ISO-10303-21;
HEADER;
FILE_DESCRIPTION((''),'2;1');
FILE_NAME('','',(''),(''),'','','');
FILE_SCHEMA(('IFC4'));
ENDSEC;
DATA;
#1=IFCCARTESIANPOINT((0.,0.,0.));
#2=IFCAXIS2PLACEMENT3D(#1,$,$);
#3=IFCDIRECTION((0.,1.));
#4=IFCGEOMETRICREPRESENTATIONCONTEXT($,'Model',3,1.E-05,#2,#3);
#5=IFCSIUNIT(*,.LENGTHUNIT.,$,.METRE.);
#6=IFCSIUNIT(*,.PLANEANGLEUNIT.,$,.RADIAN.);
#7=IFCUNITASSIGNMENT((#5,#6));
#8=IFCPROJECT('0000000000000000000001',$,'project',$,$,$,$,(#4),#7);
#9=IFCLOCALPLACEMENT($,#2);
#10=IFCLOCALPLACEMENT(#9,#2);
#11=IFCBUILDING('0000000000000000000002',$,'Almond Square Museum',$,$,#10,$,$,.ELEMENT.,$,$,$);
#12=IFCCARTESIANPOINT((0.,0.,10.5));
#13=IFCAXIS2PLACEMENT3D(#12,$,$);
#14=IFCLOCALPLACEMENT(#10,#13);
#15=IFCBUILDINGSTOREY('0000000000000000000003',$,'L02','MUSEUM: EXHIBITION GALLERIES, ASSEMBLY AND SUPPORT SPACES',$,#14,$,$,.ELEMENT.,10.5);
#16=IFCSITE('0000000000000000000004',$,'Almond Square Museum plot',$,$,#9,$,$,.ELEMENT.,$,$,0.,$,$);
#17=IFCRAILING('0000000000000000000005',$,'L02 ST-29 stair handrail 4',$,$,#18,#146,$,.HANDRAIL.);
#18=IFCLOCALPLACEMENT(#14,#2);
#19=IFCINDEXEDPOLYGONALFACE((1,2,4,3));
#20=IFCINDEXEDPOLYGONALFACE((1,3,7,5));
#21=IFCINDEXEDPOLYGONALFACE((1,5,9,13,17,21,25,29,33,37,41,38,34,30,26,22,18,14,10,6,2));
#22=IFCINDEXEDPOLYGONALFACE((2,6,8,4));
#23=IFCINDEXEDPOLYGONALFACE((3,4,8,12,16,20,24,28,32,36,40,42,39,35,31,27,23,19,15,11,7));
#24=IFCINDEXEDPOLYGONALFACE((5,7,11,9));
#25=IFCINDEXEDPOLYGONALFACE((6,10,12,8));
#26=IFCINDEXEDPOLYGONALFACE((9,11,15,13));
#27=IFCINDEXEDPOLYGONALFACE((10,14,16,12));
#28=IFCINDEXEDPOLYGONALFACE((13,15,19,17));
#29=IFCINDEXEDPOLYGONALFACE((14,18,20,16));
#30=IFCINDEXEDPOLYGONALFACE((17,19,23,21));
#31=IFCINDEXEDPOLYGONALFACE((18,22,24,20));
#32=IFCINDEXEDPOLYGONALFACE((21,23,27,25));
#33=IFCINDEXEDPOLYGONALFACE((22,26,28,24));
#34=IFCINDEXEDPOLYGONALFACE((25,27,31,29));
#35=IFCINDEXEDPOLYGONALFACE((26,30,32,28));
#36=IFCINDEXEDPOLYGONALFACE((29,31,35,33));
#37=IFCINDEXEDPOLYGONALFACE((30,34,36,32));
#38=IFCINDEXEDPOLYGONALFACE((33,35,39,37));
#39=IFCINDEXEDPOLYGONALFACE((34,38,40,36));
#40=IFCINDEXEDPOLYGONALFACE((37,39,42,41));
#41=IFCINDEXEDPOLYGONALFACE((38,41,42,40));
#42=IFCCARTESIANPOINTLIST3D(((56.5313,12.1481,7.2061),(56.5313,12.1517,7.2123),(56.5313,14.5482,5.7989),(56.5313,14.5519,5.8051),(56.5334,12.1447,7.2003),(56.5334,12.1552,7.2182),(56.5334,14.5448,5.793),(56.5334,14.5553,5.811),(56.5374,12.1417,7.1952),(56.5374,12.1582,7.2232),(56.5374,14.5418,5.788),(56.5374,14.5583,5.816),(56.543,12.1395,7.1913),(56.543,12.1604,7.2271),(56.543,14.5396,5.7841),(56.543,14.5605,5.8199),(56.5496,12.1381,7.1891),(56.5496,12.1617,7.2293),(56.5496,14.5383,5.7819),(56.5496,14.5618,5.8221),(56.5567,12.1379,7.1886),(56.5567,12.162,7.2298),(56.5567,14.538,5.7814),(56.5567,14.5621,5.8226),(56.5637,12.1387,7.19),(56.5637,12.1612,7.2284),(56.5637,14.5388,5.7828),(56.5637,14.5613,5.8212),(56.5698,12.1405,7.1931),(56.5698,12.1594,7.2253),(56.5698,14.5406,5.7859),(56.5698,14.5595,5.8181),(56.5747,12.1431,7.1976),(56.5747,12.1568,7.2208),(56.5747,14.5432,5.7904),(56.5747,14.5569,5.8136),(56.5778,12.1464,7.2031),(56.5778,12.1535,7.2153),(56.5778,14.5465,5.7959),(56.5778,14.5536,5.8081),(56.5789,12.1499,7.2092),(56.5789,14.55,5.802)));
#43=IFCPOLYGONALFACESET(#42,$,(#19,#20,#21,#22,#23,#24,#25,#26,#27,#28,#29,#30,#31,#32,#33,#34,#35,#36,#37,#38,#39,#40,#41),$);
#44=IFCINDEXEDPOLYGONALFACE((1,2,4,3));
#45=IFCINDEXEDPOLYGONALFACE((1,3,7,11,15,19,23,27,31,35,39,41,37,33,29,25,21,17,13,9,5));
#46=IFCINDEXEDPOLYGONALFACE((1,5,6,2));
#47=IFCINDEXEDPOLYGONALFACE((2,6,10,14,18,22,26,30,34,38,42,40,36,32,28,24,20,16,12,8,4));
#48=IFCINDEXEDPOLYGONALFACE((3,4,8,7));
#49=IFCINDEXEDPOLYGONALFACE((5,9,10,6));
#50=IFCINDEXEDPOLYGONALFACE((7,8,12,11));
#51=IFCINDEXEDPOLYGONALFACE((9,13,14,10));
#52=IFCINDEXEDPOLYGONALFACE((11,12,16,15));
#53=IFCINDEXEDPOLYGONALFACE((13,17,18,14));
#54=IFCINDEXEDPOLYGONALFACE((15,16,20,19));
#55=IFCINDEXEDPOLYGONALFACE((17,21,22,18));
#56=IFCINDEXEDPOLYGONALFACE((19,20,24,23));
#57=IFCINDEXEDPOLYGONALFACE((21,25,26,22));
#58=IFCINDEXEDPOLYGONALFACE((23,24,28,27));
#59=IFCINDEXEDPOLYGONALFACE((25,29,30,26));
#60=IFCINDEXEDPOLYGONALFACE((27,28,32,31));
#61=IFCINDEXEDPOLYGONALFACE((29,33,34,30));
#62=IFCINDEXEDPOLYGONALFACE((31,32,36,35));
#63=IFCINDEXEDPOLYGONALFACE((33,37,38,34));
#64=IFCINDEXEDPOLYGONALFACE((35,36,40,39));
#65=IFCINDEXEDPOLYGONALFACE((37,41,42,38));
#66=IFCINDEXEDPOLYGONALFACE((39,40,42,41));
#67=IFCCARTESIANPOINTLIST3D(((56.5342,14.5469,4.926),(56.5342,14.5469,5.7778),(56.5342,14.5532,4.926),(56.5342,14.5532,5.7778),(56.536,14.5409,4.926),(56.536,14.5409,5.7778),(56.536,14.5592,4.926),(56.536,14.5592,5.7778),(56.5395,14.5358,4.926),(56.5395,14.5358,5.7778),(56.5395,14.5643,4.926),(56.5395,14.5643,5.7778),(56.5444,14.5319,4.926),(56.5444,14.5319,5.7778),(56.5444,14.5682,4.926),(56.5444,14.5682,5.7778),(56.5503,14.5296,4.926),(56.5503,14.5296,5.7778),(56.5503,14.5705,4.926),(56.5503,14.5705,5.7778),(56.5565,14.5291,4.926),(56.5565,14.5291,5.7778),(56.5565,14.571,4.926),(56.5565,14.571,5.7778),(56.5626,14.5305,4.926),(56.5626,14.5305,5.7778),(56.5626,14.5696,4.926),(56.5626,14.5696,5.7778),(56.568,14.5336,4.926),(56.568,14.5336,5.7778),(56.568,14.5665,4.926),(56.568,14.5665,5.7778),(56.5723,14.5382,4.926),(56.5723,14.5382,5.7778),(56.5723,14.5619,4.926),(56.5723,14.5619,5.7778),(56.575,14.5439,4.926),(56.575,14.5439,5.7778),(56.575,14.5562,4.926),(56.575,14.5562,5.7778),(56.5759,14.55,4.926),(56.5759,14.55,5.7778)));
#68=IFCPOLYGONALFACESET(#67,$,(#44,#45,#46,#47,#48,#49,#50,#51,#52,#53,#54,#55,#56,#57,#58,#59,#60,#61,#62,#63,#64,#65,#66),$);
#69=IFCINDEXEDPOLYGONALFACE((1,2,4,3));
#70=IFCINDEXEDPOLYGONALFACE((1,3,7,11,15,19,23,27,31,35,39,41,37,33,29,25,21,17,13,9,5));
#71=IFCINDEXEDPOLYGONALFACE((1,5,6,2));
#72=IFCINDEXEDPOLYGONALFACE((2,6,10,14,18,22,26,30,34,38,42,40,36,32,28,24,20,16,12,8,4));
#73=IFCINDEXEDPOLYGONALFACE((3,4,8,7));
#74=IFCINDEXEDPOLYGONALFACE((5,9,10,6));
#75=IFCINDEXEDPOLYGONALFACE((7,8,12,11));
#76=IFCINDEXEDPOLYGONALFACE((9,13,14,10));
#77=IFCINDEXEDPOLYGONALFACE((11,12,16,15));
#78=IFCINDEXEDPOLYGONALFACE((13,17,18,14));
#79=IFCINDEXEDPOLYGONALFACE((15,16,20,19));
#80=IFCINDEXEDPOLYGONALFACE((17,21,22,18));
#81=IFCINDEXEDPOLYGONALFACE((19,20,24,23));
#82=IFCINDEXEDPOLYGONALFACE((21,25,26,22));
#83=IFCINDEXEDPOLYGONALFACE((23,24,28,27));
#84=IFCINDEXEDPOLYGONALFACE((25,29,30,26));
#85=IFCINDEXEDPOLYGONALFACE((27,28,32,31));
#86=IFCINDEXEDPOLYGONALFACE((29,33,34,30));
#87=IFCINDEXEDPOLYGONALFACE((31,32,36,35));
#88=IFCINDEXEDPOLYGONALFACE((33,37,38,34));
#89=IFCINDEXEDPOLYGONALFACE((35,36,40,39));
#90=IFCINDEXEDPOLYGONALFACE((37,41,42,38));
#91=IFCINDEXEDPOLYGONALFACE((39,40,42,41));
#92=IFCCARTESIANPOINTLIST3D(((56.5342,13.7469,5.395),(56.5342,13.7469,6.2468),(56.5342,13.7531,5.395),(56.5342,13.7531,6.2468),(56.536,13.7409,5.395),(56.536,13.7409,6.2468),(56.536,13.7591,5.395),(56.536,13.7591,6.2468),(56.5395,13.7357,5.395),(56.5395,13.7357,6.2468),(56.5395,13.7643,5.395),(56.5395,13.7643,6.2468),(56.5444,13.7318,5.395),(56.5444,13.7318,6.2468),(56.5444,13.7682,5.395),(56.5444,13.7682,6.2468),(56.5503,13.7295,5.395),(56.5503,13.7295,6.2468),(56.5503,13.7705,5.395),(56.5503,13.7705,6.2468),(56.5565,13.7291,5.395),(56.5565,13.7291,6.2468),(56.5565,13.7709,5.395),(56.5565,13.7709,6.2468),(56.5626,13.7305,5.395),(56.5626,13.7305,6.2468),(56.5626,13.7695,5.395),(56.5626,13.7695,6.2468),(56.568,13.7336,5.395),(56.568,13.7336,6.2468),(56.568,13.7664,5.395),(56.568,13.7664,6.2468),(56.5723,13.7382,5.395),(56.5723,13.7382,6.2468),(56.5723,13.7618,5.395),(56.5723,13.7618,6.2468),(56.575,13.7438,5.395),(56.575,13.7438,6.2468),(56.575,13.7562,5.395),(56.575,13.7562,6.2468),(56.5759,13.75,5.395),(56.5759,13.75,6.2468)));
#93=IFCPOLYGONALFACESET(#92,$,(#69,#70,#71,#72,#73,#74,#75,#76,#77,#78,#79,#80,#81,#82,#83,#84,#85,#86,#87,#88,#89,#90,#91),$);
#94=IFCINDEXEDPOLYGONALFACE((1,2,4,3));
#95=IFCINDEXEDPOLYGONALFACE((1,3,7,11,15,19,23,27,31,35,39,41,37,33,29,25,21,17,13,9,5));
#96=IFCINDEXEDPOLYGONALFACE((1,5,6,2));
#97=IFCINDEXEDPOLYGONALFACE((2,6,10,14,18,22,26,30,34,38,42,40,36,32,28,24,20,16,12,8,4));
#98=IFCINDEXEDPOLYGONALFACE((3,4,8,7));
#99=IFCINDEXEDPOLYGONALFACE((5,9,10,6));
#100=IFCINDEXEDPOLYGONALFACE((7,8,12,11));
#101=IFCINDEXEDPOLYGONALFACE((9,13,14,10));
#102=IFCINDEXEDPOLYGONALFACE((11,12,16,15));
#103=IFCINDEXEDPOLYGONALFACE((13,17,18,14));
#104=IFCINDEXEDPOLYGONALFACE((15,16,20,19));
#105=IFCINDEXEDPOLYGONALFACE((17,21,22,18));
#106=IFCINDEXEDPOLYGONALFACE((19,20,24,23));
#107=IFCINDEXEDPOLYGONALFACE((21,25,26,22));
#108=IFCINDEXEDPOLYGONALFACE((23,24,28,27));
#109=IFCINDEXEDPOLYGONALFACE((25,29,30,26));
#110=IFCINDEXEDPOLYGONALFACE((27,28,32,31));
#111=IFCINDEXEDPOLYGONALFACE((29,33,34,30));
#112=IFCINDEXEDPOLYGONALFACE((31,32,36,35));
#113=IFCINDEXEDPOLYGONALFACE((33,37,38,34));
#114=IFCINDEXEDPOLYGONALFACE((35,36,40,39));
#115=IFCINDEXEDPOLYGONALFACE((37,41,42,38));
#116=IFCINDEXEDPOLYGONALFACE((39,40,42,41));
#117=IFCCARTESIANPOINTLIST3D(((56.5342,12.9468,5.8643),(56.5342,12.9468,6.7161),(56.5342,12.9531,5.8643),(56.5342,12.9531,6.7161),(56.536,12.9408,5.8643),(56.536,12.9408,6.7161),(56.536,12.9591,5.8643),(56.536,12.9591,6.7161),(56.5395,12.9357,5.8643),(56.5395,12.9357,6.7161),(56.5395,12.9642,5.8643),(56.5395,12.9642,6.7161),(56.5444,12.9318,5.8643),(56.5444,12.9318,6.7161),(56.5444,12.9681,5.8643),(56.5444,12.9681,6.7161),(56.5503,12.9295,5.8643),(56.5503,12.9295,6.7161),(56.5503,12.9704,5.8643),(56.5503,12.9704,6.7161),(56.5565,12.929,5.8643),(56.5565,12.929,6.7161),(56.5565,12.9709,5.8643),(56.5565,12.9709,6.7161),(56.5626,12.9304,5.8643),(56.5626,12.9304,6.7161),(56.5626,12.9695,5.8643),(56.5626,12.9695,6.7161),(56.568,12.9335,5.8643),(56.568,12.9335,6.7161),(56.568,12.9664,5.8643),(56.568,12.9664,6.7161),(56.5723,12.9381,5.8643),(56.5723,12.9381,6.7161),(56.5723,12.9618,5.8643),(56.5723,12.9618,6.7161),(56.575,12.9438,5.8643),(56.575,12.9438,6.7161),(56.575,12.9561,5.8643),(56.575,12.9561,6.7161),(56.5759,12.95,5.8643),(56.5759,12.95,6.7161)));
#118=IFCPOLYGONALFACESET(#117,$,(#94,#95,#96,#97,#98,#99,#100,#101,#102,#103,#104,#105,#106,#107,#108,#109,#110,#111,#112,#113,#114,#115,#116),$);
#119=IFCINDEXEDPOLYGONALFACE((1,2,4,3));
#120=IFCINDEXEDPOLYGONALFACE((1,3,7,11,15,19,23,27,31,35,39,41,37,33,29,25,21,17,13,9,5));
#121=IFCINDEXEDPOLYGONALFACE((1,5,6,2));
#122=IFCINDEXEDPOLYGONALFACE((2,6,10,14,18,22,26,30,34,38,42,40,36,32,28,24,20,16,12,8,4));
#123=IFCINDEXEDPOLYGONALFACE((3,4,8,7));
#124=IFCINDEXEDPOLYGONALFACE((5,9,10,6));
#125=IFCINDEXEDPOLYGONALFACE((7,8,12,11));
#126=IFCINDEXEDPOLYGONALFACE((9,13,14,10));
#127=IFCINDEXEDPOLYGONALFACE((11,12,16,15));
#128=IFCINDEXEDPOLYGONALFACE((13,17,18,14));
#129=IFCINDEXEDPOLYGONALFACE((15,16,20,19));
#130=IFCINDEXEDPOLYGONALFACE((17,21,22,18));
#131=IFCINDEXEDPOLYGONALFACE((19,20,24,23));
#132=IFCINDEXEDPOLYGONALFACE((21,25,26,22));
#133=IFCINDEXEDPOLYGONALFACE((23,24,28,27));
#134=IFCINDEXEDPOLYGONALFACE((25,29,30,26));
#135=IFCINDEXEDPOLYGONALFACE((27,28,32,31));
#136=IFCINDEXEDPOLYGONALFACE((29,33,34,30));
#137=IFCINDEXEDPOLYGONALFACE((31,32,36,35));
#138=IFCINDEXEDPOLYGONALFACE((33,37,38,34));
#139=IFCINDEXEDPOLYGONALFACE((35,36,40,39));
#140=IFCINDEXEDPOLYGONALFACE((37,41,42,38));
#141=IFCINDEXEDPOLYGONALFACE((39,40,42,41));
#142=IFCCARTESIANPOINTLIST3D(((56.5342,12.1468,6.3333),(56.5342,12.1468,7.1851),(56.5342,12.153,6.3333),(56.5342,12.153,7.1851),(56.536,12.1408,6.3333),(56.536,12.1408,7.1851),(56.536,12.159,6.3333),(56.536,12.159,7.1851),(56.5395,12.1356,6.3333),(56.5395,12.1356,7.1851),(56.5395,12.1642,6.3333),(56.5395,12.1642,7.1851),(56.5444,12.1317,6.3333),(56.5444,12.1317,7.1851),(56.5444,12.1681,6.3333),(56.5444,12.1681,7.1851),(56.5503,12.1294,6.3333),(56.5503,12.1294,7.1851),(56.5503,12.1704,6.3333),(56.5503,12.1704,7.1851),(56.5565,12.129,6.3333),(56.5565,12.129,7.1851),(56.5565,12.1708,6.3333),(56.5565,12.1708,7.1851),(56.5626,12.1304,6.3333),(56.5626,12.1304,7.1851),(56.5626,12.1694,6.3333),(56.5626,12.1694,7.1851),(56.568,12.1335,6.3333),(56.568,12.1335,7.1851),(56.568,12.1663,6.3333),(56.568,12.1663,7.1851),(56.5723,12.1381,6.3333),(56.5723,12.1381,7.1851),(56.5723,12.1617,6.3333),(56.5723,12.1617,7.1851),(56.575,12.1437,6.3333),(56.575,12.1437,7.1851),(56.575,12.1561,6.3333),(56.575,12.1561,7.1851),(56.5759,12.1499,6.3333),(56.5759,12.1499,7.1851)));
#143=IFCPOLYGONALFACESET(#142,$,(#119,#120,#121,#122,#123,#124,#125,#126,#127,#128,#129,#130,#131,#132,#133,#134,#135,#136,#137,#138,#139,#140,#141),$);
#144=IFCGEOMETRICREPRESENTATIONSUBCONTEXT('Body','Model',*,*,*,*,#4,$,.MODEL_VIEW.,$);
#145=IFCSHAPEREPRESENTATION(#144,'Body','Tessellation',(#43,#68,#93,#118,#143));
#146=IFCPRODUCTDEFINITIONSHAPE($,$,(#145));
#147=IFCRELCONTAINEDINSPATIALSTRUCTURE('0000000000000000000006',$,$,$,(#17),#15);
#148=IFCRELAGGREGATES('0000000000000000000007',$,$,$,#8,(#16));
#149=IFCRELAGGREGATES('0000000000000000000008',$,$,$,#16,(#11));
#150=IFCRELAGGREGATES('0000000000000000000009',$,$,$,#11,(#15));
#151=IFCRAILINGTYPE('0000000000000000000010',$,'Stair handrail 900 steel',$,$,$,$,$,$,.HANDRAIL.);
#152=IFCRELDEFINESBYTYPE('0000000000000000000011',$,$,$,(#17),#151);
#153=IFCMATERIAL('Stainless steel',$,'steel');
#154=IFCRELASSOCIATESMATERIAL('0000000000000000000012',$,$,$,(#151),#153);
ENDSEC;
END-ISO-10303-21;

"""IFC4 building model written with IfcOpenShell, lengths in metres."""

from ifc_helpers import new_model, si_unit, direction, frame, origin, origin_2d, place, context, subcontext, project, spatial, circle, extrude, material, type_object, element, save


model = new_model("IFC4")

# Units and contexts
model_context = context("Model", 3, precision=1e-05, world=origin(), true_north=direction((0.0, 1.0)))
body_context = subcontext(model_context, "Body", "Model", "MODEL_VIEW")
ifc_project = project(units=[si_unit("LENGTHUNIT", "METRE"), si_unit("PLANEANGLEUNIT", "RADIAN")], contexts=[model_context])

# Site, building, storey
site_placement = place(None, origin())
site = spatial("IfcSite", under=ifc_project, at=site_placement, Name="Almond Square Museum plot", CompositionType="ELEMENT", RefElevation=0.0)
building_placement = place(site_placement, origin())
building = spatial("IfcBuilding", under=site, at=building_placement, Name="Almond Square Museum", CompositionType="ELEMENT")
storey_placement = place(building_placement, frame((0.0, 0.0, 10.5)))
storey = spatial("IfcBuildingStorey", under=building, at=storey_placement, Name="L02", Description="MUSEUM: EXHIBITION GALLERIES, ASSEMBLY AND SUPPORT SPACES", CompositionType="ELEMENT", Elevation=10.5)

# Railing
ifc_material_1 = material(Name="Stainless steel", Category="steel")
railing_type = type_object("IfcRailingType", Name="Stair handrail 900 steel", PredefinedType="HANDRAIL", material=ifc_material_1)
railing_1_placement = place(storey_placement, frame((56.5549, 14.55, 4.926)))
element("IfcRailing", 1, at=railing_1_placement, inside=storey, type_object=railing_type, Name="L02 ST-29 stair handrail 4", PredefinedType="HANDRAIL", context=body_context, shape_type="SweptSolid", body=[
    extrude(circle(Radius=0.0239, at=origin_2d()), frame((0.0, 0.0, 0.876), z_axis=(0.0, -0.86266, 0.505785), x_axis=(1.0, 0.0, 0.0)), (0.0, 0.0, 1.0), 2.7822),
    extrude(circle(Radius=0.021, at=origin_2d()), origin(), (0.0, 0.0, 1.0), 0.8518),
    extrude(circle(Radius=0.021, at=origin_2d()), frame((0.0, -0.8, 0.469)), (0.0, 0.0, 1.0), 0.8518),
    extrude(circle(Radius=0.021, at=origin_2d()), frame((0.0, -1.6001, 0.9382)), (0.0, 0.0, 1.0), 0.8518),
    extrude(circle(Radius=0.021, at=origin_2d()), frame((0.0, -2.4001, 1.4072)), (0.0, 0.0, 1.0), 0.8518),
])

save(model, "model.ifc")
